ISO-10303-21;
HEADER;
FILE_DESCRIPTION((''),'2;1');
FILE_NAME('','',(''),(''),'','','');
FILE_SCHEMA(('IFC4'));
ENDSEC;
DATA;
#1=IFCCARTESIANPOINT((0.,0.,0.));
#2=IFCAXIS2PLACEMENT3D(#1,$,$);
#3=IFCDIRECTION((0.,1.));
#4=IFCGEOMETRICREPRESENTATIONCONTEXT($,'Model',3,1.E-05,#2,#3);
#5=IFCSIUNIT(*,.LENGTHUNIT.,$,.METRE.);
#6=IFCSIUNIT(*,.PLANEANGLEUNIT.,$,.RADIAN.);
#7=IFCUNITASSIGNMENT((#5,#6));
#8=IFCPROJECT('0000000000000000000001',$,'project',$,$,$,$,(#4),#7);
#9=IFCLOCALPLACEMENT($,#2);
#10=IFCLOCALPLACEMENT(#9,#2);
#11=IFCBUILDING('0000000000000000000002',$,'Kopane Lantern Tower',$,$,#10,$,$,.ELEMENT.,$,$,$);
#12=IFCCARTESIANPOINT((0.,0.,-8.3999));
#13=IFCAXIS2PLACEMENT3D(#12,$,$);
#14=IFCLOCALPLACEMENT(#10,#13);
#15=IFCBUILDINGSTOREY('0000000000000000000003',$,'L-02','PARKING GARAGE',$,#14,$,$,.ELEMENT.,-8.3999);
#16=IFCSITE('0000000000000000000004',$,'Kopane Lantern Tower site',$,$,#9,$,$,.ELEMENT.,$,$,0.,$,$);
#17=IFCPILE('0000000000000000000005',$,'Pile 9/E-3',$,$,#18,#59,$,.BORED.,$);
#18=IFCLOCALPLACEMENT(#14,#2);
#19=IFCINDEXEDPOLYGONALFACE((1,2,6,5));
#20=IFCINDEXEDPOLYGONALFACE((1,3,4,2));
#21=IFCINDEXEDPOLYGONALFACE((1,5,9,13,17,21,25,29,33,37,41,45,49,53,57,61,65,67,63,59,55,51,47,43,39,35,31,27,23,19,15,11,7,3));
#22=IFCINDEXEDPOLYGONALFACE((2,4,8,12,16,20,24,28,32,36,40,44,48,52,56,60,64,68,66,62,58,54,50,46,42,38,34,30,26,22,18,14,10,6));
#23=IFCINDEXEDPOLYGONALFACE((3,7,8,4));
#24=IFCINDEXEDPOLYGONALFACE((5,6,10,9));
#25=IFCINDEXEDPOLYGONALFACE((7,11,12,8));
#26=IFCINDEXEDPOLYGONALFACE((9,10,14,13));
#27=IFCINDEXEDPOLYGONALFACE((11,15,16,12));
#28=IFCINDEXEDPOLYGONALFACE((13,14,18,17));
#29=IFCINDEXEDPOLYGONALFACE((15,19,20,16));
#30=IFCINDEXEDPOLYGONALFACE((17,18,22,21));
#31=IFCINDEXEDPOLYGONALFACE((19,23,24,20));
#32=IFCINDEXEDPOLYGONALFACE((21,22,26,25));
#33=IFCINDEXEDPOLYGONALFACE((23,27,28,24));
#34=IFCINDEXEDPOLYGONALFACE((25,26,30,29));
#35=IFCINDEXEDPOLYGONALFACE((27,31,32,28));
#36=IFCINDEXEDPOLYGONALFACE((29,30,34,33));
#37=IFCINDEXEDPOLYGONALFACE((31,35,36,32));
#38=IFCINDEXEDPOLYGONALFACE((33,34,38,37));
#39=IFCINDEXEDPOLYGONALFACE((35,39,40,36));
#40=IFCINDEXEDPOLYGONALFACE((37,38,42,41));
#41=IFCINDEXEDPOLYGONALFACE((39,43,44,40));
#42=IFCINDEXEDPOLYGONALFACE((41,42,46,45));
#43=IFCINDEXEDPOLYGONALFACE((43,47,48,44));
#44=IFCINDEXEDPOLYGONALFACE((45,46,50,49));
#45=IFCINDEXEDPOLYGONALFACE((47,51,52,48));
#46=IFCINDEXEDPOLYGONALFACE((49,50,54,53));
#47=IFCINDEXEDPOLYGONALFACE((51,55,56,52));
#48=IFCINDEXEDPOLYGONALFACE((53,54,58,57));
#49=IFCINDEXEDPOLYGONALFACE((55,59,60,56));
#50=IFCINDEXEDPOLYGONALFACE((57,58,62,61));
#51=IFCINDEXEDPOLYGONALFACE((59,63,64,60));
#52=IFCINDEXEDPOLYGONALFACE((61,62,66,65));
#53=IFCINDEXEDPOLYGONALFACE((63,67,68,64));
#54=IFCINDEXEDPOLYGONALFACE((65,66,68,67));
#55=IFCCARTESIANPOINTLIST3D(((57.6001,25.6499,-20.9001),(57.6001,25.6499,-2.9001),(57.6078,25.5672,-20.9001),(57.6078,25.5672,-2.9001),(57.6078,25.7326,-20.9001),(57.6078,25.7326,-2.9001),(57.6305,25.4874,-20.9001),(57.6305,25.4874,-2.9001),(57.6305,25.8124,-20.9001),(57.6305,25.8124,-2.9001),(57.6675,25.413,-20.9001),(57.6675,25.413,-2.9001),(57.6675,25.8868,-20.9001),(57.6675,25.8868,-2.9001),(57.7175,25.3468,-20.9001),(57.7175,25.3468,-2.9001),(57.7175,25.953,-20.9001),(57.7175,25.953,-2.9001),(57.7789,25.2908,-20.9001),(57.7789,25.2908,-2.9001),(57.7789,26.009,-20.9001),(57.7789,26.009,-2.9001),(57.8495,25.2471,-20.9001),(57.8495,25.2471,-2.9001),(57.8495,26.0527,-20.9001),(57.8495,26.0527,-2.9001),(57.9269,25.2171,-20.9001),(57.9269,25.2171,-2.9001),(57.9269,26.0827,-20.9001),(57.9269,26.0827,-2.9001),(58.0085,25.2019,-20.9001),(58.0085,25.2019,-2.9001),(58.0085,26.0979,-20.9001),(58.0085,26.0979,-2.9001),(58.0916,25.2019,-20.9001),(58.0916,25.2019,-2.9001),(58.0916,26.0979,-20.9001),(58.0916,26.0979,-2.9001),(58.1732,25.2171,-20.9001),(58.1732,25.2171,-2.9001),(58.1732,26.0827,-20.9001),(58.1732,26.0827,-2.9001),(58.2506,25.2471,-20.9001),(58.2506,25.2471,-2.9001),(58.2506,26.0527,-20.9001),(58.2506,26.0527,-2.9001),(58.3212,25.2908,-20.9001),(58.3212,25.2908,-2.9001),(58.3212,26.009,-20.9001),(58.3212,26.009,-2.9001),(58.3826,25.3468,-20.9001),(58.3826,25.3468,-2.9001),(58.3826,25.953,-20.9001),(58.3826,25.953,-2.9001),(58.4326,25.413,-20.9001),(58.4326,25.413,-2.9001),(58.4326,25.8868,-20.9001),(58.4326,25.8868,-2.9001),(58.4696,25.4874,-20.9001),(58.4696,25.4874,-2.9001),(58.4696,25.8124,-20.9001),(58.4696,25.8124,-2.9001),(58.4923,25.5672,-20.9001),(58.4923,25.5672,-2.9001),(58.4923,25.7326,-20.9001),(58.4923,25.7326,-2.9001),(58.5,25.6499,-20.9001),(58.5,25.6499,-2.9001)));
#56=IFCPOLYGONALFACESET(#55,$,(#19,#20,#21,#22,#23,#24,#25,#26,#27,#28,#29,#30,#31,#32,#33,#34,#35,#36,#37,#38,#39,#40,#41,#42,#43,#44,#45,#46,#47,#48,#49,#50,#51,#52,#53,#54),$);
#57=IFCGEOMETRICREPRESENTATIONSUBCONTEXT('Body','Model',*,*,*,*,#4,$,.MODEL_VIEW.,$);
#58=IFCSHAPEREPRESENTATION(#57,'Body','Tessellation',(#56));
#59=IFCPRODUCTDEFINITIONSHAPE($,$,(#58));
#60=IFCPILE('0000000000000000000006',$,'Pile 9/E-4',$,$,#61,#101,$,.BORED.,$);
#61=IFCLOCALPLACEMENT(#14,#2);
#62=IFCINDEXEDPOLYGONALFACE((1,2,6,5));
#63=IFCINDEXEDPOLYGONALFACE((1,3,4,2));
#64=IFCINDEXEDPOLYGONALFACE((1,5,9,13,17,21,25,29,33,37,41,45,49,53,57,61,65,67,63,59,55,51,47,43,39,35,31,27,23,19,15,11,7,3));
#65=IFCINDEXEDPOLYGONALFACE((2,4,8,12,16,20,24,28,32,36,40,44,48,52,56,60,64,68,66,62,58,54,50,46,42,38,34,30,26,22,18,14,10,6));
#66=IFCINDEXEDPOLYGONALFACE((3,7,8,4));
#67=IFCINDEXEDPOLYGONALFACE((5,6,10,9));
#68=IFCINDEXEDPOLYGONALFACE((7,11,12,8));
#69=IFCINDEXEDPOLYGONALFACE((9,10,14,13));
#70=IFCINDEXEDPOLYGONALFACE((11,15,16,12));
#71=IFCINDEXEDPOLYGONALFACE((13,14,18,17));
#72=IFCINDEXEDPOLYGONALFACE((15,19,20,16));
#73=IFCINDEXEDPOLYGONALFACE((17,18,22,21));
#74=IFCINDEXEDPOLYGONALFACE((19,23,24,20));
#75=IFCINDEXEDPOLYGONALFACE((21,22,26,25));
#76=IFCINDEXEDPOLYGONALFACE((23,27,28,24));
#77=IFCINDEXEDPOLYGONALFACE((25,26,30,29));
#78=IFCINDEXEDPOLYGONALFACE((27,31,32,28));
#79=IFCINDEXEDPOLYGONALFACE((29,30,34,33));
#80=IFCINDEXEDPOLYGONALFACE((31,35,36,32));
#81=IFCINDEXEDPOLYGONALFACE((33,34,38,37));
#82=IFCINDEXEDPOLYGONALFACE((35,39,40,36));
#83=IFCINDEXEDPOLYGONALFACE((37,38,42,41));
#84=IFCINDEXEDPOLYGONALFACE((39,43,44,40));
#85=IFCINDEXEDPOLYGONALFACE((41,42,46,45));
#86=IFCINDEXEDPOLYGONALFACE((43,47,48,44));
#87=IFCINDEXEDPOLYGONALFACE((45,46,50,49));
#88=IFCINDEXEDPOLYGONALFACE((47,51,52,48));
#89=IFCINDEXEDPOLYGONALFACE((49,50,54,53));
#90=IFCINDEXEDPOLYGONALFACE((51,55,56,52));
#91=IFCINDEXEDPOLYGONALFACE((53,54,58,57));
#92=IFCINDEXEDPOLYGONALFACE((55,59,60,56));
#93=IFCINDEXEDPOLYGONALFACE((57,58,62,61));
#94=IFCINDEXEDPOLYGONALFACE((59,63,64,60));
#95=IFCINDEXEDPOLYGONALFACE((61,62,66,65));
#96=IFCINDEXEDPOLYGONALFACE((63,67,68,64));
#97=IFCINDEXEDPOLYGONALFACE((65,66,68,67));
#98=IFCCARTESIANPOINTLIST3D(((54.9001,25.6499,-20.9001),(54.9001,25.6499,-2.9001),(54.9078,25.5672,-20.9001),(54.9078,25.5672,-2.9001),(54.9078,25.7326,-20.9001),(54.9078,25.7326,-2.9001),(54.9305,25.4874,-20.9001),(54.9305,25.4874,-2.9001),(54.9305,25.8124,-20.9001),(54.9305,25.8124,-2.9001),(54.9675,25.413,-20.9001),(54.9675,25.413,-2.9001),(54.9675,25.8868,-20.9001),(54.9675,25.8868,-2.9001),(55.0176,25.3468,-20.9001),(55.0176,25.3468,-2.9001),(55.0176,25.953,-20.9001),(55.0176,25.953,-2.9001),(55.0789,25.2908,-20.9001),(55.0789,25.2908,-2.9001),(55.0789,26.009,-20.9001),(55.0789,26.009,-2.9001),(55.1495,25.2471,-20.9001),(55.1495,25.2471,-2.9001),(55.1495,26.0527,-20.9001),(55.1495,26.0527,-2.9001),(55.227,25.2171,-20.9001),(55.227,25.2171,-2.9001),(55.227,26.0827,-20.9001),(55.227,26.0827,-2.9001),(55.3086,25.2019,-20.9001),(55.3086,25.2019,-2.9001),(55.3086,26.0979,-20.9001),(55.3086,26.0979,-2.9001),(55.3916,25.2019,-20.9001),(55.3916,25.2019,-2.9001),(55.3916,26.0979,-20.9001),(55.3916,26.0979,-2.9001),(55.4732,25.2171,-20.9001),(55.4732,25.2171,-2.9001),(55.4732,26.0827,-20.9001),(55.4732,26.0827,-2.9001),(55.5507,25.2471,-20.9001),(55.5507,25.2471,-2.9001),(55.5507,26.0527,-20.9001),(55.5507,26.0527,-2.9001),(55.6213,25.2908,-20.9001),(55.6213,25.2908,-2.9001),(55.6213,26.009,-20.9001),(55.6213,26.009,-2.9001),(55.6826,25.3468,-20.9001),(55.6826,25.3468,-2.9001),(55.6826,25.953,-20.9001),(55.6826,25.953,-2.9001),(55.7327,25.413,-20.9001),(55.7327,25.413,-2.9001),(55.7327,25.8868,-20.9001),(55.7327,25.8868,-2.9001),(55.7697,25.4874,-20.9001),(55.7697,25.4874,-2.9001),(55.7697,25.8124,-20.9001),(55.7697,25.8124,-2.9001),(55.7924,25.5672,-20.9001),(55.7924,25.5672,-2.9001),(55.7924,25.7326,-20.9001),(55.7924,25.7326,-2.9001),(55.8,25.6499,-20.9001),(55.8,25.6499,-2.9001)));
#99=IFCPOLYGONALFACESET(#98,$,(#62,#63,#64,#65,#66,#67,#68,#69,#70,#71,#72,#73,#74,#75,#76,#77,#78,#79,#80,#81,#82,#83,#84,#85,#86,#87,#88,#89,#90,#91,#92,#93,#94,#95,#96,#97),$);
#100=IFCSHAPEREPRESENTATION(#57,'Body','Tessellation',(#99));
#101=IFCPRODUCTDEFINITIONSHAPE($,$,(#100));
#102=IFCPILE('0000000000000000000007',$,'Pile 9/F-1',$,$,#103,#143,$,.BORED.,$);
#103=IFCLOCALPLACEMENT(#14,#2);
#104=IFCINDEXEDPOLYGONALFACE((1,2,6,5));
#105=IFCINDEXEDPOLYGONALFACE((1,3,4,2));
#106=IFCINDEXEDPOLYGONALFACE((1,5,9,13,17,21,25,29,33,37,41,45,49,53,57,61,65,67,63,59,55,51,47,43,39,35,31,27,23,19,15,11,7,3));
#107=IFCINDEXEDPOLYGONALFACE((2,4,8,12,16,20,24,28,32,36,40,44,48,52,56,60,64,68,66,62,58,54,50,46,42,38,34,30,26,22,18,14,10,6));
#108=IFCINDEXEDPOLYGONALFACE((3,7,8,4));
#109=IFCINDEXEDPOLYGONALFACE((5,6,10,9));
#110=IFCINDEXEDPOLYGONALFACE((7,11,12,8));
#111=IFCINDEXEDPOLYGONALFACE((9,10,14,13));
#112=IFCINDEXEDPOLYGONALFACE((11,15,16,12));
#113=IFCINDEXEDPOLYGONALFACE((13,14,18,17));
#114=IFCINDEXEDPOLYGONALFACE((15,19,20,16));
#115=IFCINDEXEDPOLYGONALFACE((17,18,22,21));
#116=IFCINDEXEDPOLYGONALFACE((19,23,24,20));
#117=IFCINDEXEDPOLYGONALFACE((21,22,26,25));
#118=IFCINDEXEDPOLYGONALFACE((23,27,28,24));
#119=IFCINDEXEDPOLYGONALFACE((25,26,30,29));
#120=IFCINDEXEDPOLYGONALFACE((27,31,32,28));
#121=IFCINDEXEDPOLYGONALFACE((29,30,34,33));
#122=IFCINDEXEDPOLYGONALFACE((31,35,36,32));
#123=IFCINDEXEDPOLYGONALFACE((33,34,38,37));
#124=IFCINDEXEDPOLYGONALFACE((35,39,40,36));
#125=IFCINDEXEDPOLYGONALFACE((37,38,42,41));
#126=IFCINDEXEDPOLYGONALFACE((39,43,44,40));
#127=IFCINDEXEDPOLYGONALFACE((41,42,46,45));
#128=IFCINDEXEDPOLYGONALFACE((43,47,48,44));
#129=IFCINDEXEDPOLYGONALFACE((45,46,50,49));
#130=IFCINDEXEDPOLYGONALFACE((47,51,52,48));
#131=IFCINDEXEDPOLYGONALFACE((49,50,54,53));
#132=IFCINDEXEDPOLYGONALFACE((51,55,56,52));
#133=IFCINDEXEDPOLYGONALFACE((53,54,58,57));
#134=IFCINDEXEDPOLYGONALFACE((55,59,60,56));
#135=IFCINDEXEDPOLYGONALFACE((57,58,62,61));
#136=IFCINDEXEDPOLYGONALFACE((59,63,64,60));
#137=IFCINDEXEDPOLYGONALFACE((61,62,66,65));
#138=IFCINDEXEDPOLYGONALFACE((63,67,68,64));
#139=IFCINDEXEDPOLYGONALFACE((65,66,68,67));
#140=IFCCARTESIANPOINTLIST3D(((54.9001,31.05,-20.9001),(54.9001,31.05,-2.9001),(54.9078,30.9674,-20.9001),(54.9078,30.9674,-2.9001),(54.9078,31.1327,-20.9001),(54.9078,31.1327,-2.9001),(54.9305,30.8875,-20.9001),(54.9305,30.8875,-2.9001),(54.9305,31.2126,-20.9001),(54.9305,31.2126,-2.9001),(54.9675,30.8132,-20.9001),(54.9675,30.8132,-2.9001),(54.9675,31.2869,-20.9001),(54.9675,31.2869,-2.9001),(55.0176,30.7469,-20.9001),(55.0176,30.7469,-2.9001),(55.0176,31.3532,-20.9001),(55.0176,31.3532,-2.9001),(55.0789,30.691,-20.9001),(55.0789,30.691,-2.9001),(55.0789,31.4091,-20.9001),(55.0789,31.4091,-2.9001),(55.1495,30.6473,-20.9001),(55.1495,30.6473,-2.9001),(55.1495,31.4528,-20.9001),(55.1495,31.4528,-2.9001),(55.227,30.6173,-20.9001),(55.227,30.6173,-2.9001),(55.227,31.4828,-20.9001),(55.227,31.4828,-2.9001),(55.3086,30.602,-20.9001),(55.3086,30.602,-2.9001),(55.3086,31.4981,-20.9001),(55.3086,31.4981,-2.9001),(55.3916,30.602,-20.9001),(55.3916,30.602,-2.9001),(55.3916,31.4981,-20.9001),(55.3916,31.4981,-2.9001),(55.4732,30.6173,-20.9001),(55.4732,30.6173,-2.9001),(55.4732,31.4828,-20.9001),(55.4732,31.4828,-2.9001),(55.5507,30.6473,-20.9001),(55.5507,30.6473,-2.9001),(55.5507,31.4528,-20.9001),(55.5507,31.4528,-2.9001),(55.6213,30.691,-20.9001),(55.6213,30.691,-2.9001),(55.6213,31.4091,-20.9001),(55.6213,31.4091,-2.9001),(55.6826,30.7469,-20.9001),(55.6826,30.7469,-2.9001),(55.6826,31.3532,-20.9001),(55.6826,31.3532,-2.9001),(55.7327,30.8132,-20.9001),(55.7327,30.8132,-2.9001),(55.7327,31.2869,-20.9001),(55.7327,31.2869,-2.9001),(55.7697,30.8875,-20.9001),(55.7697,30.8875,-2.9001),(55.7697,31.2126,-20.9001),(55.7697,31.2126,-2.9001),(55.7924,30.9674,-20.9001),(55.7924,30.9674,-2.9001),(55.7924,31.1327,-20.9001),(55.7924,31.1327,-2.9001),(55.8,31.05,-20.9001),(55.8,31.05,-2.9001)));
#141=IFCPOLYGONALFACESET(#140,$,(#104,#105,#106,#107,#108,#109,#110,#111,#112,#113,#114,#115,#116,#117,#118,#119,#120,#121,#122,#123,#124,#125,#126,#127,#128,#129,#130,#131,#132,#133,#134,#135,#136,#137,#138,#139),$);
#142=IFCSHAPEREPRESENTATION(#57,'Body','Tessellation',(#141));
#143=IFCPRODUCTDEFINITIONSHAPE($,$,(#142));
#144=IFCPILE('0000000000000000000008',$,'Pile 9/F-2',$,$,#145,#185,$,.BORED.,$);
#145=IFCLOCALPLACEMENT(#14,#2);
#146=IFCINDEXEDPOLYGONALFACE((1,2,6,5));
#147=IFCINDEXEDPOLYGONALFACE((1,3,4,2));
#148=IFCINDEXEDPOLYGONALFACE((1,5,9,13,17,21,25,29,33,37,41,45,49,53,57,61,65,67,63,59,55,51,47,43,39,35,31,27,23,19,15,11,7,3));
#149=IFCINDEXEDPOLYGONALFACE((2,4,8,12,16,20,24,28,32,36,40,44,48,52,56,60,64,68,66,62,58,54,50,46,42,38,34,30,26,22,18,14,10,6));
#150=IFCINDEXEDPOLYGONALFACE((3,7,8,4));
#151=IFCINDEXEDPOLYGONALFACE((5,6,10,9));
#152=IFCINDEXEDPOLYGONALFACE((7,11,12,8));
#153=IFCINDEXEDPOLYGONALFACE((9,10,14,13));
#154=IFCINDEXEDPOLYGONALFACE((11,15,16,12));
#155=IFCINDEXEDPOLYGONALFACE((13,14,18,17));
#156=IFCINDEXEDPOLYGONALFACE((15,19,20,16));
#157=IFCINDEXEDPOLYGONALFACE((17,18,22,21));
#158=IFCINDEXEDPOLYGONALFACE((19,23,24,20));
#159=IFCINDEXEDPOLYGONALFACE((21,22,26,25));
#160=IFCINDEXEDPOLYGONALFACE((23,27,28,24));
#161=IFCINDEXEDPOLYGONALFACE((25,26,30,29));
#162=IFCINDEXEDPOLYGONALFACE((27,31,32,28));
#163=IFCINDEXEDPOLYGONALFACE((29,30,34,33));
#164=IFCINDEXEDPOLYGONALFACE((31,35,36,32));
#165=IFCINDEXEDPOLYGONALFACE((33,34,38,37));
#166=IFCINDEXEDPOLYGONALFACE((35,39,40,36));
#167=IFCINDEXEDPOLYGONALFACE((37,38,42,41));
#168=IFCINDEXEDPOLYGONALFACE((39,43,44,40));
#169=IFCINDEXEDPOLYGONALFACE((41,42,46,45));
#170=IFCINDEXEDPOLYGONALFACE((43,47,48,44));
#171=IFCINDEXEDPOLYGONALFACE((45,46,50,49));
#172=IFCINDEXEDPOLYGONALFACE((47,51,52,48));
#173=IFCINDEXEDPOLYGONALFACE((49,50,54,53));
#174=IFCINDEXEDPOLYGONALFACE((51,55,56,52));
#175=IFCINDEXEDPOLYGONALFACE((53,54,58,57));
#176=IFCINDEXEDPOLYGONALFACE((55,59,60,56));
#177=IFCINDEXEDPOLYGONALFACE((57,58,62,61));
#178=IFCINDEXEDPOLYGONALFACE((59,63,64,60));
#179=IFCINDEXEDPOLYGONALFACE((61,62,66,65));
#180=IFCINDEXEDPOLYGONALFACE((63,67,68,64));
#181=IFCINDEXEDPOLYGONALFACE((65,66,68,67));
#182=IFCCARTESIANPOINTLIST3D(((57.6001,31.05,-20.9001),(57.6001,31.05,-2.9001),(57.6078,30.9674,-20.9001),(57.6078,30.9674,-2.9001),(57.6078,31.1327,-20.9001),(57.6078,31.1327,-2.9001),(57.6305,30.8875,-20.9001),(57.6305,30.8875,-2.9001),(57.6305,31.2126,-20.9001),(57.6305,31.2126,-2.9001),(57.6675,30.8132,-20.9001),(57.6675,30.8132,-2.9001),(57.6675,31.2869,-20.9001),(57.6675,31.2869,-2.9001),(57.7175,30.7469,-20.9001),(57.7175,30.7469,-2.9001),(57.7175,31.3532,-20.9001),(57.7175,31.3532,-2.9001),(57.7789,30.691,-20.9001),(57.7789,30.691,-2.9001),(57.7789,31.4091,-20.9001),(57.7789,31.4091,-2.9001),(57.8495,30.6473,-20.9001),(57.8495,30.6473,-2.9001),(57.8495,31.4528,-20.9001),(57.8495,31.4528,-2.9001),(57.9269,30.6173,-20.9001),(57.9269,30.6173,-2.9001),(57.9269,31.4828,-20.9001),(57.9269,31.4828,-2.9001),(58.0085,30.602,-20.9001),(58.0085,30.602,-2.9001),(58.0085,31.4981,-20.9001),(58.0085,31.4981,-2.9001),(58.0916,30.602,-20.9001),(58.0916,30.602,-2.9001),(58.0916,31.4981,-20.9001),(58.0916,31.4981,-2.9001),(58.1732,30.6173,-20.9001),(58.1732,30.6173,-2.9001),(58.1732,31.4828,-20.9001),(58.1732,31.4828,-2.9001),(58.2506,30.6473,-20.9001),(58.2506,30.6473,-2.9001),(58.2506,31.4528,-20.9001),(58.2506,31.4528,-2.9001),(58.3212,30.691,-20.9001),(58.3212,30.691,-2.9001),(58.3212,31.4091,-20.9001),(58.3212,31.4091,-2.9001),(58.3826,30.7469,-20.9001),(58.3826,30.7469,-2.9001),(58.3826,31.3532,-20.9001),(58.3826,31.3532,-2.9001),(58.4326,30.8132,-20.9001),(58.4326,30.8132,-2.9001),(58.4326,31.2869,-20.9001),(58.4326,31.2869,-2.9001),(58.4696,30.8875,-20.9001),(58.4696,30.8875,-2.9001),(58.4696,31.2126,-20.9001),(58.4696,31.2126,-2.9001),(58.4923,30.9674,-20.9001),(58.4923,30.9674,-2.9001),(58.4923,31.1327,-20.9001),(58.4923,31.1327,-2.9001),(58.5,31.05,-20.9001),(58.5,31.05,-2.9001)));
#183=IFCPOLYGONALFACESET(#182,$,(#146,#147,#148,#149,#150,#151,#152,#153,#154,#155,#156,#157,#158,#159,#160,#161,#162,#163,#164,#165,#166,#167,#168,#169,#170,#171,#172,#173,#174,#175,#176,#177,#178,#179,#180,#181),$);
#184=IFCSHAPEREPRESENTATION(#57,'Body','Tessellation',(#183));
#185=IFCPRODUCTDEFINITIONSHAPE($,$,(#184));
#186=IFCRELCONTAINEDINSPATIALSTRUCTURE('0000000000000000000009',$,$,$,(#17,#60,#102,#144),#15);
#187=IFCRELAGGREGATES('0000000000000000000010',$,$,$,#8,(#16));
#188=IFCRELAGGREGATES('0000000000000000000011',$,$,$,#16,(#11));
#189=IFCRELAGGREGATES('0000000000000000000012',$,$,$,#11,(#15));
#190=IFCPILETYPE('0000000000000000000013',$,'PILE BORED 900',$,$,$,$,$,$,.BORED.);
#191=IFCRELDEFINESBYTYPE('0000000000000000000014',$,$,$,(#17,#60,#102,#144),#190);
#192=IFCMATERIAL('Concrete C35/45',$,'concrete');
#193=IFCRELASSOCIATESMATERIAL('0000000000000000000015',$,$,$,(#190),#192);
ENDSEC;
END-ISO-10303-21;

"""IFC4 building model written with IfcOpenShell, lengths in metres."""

from ifc_helpers import new_model, si_unit, direction, frame, origin, origin_2d, place, context, subcontext, project, spatial, circle, extrude, material, material_profile, profile_set, type_object, element, save


model = new_model("IFC4")

# Units and contexts
model_context = context("Model", 3, precision=1e-05, world=origin(), true_north=direction((0.0, 1.0)))
body_context = subcontext(model_context, "Body", "Model", "MODEL_VIEW")
ifc_project = project(units=[si_unit("LENGTHUNIT", "METRE"), si_unit("PLANEANGLEUNIT", "RADIAN")], contexts=[model_context])

# Site, building, storey
site_placement = place(None, origin())
site = spatial("IfcSite", under=ifc_project, at=site_placement, Name="Kopane Lantern Tower site", CompositionType="ELEMENT", RefElevation=0.0)
building_placement = place(site_placement, origin())
building = spatial("IfcBuilding", under=site, at=building_placement, Name="Kopane Lantern Tower", CompositionType="ELEMENT")
storey_placement = place(building_placement, frame((0.0, 0.0, -8.3999)))
storey = spatial("IfcBuildingStorey", under=building, at=storey_placement, Name="L-02", Description="PARKING GARAGE", CompositionType="ELEMENT", Elevation=-8.3999)

# Piles
ifc_material_1 = material(Name="Concrete C35/45", Category="concrete")
ifc_material_profile_1 = material_profile(ifc_material_1, circle(Radius=0.45, at=origin_2d()), Name="D900")
ifc_profile_set_1 = profile_set([ifc_material_profile_1], Name="Concrete C35/45")
pile_type_1 = type_object("IfcPileType", Name="PILE BORED 900", PredefinedType="BORED", material=ifc_profile_set_1)
for number, where, z_axis, x_axis, name in (
    (1, (58.05, 25.6499, -2.9001), (0.0, 0.0, -1.0), (1.0, 0.0, 0.0), "Pile 9/E-3"),
    (2, (55.3501, 25.6499, -2.9001), (0.0, 0.0, -1.0), (1.0, 0.0, 0.0), "Pile 9/E-4"),
    (3, (55.3501, 31.05, -2.9001), (0.0, 0.0, -1.0), (1.0, 0.0, 0.0), "Pile 9/F-1"),
    (4, (58.05, 31.05, -2.9001), (0.0, 0.0, -1.0), (1.0, 0.0, 0.0), "Pile 9/F-2"),
):
    element("IfcPile", number, at=place(storey_placement, frame(where, z_axis=z_axis, x_axis=x_axis)), inside=storey, type_object=pile_type_1, Name=name, PredefinedType="BORED", context=body_context, shape_type="SweptSolid", body=[
        extrude(circle(Radius=0.45, at=origin_2d()), origin(), (0.0, 0.0, 1.0), 18.0),
    ])

save(model, "model.ifc")
